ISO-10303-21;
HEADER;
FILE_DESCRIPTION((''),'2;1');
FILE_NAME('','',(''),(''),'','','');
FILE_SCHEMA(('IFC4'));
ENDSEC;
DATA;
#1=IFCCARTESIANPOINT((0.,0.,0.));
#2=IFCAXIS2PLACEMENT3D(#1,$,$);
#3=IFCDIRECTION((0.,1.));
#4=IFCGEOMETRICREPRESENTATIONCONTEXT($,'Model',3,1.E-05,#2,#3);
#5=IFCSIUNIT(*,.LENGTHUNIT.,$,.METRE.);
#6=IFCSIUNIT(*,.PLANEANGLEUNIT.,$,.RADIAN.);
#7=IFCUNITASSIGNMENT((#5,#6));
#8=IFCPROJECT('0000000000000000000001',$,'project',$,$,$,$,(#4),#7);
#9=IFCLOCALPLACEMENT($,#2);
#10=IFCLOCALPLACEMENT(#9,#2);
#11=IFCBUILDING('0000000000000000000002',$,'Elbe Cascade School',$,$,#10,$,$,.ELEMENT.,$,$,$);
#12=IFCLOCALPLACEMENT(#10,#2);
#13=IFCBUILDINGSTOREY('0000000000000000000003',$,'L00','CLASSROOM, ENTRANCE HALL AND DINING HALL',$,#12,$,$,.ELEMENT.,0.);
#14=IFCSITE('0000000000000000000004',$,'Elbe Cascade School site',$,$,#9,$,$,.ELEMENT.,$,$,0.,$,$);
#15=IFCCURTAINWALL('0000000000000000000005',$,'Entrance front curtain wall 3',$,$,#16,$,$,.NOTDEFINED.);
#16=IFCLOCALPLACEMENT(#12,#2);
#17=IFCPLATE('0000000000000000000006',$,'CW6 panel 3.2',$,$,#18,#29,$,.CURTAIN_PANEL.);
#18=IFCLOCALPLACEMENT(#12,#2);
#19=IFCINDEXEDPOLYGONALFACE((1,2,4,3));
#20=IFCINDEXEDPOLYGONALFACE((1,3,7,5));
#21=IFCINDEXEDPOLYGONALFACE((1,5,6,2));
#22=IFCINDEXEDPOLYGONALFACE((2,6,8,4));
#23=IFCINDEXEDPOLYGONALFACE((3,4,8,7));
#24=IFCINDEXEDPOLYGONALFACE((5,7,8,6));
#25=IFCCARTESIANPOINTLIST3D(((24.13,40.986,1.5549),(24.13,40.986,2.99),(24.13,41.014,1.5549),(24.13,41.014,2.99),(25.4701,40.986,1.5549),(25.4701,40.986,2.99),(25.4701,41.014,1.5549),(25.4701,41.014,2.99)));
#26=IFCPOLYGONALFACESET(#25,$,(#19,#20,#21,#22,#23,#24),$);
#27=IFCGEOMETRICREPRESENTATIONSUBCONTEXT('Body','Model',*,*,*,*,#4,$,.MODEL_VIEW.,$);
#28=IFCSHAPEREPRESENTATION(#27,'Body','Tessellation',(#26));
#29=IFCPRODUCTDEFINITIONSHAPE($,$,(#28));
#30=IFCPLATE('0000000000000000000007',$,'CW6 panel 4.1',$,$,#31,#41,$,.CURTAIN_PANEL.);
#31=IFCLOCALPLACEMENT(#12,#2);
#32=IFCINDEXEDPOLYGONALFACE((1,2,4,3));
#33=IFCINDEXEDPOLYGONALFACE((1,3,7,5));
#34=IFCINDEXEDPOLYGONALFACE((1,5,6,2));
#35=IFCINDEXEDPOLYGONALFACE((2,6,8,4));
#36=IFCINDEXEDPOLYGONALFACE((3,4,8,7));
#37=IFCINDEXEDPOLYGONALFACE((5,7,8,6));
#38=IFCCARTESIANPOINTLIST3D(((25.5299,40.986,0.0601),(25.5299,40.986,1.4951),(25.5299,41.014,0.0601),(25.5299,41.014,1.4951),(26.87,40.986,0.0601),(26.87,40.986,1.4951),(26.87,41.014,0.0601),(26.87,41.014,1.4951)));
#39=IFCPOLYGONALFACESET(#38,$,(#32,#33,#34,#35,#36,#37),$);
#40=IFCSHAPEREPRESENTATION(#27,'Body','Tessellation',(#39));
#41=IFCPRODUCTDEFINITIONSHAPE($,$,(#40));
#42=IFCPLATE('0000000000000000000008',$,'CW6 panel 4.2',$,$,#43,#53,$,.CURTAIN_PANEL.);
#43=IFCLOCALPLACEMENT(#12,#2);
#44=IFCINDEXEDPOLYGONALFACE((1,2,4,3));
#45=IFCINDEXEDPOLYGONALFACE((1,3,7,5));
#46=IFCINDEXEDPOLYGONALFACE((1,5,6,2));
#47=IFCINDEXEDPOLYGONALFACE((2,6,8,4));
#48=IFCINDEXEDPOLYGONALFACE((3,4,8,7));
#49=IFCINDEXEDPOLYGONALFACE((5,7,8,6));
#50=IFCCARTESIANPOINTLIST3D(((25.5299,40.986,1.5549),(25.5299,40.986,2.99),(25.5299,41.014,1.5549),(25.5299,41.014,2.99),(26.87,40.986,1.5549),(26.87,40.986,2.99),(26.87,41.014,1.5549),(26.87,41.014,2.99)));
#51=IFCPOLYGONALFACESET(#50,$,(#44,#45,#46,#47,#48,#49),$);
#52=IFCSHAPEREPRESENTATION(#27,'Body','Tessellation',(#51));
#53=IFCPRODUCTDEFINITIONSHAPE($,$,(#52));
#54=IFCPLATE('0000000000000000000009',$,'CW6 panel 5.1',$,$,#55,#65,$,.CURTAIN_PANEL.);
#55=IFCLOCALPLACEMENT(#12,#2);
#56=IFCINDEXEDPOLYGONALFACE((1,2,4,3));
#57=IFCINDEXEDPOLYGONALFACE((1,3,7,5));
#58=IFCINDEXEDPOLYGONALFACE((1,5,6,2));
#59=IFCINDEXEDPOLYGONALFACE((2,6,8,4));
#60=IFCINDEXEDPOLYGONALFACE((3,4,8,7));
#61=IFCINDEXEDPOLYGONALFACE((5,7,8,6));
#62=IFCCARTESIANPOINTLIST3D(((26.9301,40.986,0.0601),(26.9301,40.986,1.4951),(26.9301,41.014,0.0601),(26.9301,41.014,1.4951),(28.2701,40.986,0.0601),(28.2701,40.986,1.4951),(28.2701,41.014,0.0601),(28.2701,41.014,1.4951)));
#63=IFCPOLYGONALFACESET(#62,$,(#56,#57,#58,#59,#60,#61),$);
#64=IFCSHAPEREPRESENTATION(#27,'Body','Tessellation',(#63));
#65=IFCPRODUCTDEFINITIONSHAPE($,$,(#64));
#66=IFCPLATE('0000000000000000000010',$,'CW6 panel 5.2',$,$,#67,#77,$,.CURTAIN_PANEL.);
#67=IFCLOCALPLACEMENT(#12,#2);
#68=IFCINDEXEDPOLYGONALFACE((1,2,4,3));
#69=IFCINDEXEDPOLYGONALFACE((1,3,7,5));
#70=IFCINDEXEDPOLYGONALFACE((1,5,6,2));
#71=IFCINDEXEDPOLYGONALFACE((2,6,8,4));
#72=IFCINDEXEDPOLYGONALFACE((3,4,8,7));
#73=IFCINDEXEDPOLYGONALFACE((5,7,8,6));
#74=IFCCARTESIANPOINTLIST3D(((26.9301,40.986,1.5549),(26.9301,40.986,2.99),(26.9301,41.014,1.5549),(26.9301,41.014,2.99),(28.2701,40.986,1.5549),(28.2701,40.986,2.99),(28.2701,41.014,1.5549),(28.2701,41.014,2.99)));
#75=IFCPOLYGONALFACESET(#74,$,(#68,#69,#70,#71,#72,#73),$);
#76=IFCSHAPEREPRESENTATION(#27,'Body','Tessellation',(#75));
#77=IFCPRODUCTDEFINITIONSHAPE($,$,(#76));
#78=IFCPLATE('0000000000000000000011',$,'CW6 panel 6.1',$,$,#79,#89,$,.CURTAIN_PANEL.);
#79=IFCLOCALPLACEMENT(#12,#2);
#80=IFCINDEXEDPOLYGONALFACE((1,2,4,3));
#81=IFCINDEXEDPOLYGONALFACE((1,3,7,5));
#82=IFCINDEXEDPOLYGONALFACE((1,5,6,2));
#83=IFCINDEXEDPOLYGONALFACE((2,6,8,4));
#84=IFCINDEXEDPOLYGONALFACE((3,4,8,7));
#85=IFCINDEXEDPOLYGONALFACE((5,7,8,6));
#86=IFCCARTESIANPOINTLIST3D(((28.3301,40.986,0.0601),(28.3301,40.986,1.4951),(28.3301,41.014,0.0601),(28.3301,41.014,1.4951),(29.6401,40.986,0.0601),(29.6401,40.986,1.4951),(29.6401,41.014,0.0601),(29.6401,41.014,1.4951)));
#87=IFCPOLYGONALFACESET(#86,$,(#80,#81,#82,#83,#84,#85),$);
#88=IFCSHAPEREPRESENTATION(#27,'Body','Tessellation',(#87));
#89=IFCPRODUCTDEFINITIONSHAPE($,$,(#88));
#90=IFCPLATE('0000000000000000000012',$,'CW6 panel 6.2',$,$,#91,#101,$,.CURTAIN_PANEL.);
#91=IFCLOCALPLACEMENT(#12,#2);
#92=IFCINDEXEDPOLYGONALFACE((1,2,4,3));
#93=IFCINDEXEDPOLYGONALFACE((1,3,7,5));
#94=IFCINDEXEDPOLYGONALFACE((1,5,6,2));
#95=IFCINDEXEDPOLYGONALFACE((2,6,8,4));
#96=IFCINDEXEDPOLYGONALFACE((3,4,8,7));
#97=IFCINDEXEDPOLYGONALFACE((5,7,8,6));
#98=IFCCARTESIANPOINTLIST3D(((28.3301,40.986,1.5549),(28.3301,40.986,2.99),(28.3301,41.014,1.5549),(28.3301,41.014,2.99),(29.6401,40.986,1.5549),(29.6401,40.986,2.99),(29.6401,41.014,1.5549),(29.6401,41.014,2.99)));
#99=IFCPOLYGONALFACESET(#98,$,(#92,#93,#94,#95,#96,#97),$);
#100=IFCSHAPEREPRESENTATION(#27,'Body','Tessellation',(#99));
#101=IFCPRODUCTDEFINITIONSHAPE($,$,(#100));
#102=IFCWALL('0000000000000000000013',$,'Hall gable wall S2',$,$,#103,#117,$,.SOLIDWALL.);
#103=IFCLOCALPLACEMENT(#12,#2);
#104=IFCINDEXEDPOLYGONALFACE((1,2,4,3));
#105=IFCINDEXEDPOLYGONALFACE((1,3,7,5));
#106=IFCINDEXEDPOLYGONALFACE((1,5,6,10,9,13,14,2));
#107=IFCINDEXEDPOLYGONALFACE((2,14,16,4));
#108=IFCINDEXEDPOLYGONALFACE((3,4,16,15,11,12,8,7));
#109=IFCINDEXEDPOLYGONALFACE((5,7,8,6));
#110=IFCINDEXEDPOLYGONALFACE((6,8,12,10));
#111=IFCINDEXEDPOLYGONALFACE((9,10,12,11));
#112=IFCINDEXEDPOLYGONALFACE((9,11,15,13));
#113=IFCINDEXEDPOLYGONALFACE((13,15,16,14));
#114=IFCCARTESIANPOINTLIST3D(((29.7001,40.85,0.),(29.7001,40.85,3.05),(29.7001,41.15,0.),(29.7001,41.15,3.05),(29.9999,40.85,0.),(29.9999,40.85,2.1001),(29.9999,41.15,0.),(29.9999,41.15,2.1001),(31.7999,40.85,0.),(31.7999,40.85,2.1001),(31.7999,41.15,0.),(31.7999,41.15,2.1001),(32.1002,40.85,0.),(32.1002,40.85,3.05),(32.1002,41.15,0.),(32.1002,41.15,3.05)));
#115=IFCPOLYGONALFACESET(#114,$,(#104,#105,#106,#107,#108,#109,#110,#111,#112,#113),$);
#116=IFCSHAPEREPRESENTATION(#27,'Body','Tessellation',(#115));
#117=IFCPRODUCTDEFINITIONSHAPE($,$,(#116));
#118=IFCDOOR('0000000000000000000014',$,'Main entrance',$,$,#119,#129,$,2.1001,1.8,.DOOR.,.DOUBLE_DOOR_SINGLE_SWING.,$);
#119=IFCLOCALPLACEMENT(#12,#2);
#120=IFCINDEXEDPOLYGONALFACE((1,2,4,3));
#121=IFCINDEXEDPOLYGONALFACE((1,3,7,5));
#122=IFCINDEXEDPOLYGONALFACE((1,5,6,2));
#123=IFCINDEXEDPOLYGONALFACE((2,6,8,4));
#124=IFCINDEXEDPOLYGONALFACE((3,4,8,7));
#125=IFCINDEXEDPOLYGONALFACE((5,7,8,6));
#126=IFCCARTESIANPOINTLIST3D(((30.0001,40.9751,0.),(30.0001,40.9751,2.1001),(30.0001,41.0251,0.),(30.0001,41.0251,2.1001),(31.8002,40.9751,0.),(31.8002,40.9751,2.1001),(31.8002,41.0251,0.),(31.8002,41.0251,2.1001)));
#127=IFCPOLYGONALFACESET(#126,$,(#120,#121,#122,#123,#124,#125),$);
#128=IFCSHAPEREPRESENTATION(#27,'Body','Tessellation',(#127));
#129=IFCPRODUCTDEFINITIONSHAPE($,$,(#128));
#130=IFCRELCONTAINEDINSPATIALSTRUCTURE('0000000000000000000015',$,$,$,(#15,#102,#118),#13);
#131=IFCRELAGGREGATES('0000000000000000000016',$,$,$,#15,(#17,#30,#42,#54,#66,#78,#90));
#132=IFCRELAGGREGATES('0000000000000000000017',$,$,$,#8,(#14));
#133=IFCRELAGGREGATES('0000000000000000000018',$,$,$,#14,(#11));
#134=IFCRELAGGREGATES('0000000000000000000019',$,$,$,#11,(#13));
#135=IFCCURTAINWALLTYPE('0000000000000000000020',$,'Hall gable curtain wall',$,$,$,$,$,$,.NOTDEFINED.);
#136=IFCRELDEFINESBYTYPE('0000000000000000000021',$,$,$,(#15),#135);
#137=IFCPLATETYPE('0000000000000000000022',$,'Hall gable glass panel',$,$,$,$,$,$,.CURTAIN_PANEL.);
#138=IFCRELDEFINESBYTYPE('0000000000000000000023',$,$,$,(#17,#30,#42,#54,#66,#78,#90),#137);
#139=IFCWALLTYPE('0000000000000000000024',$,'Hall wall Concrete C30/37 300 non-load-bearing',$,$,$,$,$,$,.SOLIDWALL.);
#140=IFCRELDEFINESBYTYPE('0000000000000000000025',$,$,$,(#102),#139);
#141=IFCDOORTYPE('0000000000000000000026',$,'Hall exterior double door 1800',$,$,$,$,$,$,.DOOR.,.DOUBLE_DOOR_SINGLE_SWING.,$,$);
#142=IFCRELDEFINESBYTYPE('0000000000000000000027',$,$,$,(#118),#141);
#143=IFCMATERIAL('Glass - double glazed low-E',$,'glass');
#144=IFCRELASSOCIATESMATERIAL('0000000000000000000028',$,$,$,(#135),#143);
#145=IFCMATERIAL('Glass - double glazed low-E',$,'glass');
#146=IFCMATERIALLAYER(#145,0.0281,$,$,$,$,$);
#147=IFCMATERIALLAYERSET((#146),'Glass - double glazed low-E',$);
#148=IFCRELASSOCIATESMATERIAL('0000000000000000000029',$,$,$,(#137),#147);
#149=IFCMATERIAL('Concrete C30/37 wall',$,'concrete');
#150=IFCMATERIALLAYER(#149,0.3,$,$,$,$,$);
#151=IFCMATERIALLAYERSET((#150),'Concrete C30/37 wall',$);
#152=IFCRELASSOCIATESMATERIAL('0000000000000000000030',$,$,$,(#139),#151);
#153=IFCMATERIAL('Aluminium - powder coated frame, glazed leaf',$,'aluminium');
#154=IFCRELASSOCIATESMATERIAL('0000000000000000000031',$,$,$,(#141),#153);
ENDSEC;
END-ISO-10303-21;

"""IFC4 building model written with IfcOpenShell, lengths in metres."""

from ifc_helpers import new_model, si_unit, direction, frame, frame_2d, origin, origin_2d, place, context, subcontext, project, spatial, rectangle, extrude, material, layer, layer_set, type_object, element, fill, aggregate, save


model = new_model("IFC4")

# Units and contexts
model_context = context("Model", 3, precision=1e-05, world=origin(), true_north=direction((0.0, 1.0)))
body_context = subcontext(model_context, "Body", "Model", "MODEL_VIEW")
ifc_project = project(units=[si_unit("LENGTHUNIT", "METRE"), si_unit("PLANEANGLEUNIT", "RADIAN")], contexts=[model_context])

# Site, building, storey
site_placement = place(None, origin())
site = spatial("IfcSite", under=ifc_project, at=site_placement, Name="Elbe Cascade School site", CompositionType="ELEMENT", RefElevation=0.0)
building_placement = place(site_placement, origin())
building = spatial("IfcBuilding", under=site, at=building_placement, Name="Elbe Cascade School", CompositionType="ELEMENT")
storey_placement = place(building_placement, origin())
storey = spatial("IfcBuildingStorey", under=building, at=storey_placement, Name="L00", Description="CLASSROOM, ENTRANCE HALL AND DINING HALL", CompositionType="ELEMENT", Elevation=0.0)

# Curtain wall
ifc_material_1 = material(Name="Glass - double glazed low-E", Category="glass")
curtain_wall_type = type_object("IfcCurtainWallType", Name="Hall gable curtain wall", PredefinedType="NOTDEFINED", material=ifc_material_1)
curtain_wall_1_placement = place(storey_placement, origin())
curtain_wall_1 = element("IfcCurtainWall", 1, at=curtain_wall_1_placement, inside=storey, type_object=curtain_wall_type, Name="Entrance front curtain wall 3", PredefinedType="NOTDEFINED")

# Plates
ifc_material_2 = material(Name="Glass - double glazed low-E", Category="glass")
ifc_layer_1 = layer(ifc_material_2, 0.0281)
ifc_layer_set_1 = layer_set([ifc_layer_1], Name="Glass - double glazed low-E")
plate_type = type_object("IfcPlateType", Name="Hall gable glass panel", PredefinedType="CURTAIN_PANEL", material=ifc_layer_set_1)
plate_1_placement = place(storey_placement, frame((24.8, 41.0, 1.5549), z_axis=(0.0, 0.0, 1.0), x_axis=(1.0, 0.0, 0.0)))
plate_1 = element("IfcPlate", 2, at=plate_1_placement, type_object=plate_type, Name="CW6 panel 3.2", PredefinedType="CURTAIN_PANEL", context=body_context, shape_type="SweptSolid", body=[
    extrude(rectangle(XDim=1.3401, YDim=0.0281, at=origin_2d()), origin(), (0.0, 0.0, 1.0), 1.4351),
])
plate_2_placement = place(storey_placement, frame((26.2, 41.0, 0.0601), z_axis=(0.0, 0.0, 1.0), x_axis=(1.0, 0.0, 0.0)))
plate_2 = element("IfcPlate", 3, at=plate_2_placement, type_object=plate_type, Name="CW6 panel 4.1", PredefinedType="CURTAIN_PANEL", context=body_context, shape_type="SweptSolid", body=[
    extrude(rectangle(XDim=1.3401, YDim=0.0281, at=origin_2d()), origin(), (0.0, 0.0, 1.0), 1.4351),
])
plate_3_placement = place(storey_placement, frame((26.2, 41.0, 1.5549), z_axis=(0.0, 0.0, 1.0), x_axis=(1.0, 0.0, 0.0)))
plate_3 = element("IfcPlate", 4, at=plate_3_placement, type_object=plate_type, Name="CW6 panel 4.2", PredefinedType="CURTAIN_PANEL", context=body_context, shape_type="SweptSolid", body=[
    extrude(rectangle(XDim=1.3401, YDim=0.0281, at=origin_2d()), origin(), (0.0, 0.0, 1.0), 1.4351),
])
plate_4_placement = place(storey_placement, frame((27.6001, 41.0, 0.0601), z_axis=(0.0, 0.0, 1.0), x_axis=(1.0, 0.0, 0.0)))
plate_4 = element("IfcPlate", 5, at=plate_4_placement, type_object=plate_type, Name="CW6 panel 5.1", PredefinedType="CURTAIN_PANEL", context=body_context, shape_type="SweptSolid", body=[
    extrude(rectangle(XDim=1.3401, YDim=0.0281, at=origin_2d()), origin(), (0.0, 0.0, 1.0), 1.4351),
])
plate_5_placement = place(storey_placement, frame((27.6001, 41.0, 1.5549), z_axis=(0.0, 0.0, 1.0), x_axis=(1.0, 0.0, 0.0)))
plate_5 = element("IfcPlate", 6, at=plate_5_placement, type_object=plate_type, Name="CW6 panel 5.2", PredefinedType="CURTAIN_PANEL", context=body_context, shape_type="SweptSolid", body=[
    extrude(rectangle(XDim=1.3401, YDim=0.0281, at=origin_2d()), origin(), (0.0, 0.0, 1.0), 1.4351),
])
plate_6_placement = place(storey_placement, frame((28.9851, 41.0, 0.0601), z_axis=(0.0, 0.0, 1.0), x_axis=(1.0, 0.0, 0.0)))
plate_6 = element("IfcPlate", 7, at=plate_6_placement, type_object=plate_type, Name="CW6 panel 6.1", PredefinedType="CURTAIN_PANEL", context=body_context, shape_type="SweptSolid", body=[
    extrude(rectangle(XDim=1.3101, YDim=0.0281, at=origin_2d()), origin(), (0.0, 0.0, 1.0), 1.4351),
])
plate_7_placement = place(storey_placement, frame((28.9851, 41.0, 1.5549), z_axis=(0.0, 0.0, 1.0), x_axis=(1.0, 0.0, 0.0)))
plate_7 = element("IfcPlate", 8, at=plate_7_placement, type_object=plate_type, Name="CW6 panel 6.2", PredefinedType="CURTAIN_PANEL", context=body_context, shape_type="SweptSolid", body=[
    extrude(rectangle(XDim=1.3101, YDim=0.0281, at=origin_2d()), origin(), (0.0, 0.0, 1.0), 1.4351),
])
aggregate(curtain_wall_1, [plate_1, plate_2, plate_3, plate_4, plate_5, plate_6, plate_7])

# Wall, opening, door
ifc_material_3 = material(Name="Concrete C30/37 wall", Category="concrete")
ifc_layer_2 = layer(ifc_material_3, 0.3)
ifc_layer_set_2 = layer_set([ifc_layer_2], Name="Concrete C30/37 wall")
wall_type = type_object("IfcWallType", Name="Hall wall Concrete C30/37 300 non-load-bearing", PredefinedType="SOLIDWALL", material=ifc_layer_set_2)
wall_placement = place(storey_placement, frame((29.7, 41.0, 0.0), z_axis=(0.0, 0.0, 1.0), x_axis=(1.0, 0.0, 0.0)))
wall = element("IfcWall", 9, at=wall_placement, inside=storey, type_object=wall_type, Name="Hall gable wall S2", PredefinedType="SOLIDWALL", context=body_context, shape_type="SweptSolid", body=[
    extrude(rectangle(XDim=2.4001, YDim=0.3, at=frame_2d((1.2002, 0.0))), origin(), (0.0, 0.0, 1.0), 3.05),
])
opening_placement = place(wall_placement, frame((0.3, 0.0, 0.0)))
opening = element("IfcOpeningElement", 10, at=opening_placement, cuts=wall, PredefinedType="OPENING", context=body_context, shape_type="SweptSolid", body=[
    extrude(rectangle(XDim=1.8, YDim=2.1001, at=frame_2d((0.8999, 1.05))), frame((0.0, 0.1599, 0.0), z_axis=(0.0, -1.0, 0.0), x_axis=(1.0, 0.0, 0.0)), (0.0, 0.0, 1.0), 0.3201),
])
ifc_material_4 = material(Name="Aluminium - powder coated frame, glazed leaf", Category="aluminium")
door_type = type_object("IfcDoorType", Name="Hall exterior double door 1800", OperationType="DOUBLE_DOOR_SINGLE_SWING", PredefinedType="DOOR", material=ifc_material_4)
door_placement = place(opening_placement, frame((1.8, 0.0, 0.0), z_axis=(0.0, 0.0, 1.0), x_axis=(-1.0, 0.0, 0.0)))
door = element("IfcDoor", 11, at=door_placement, inside=storey, type_object=door_type, Name="Main entrance", OperationType="DOUBLE_DOOR_SINGLE_SWING", OverallHeight=2.1001, OverallWidth=1.8, PredefinedType="DOOR", context=body_context, shape_type="SweptSolid", body=[
    extrude(rectangle(XDim=1.8, YDim=2.1001, at=frame_2d((0.8999, 1.05))), frame((0.0, 0.0249, 0.0), z_axis=(0.0, -1.0, 0.0), x_axis=(1.0, 0.0, 0.0)), (0.0, 0.0, 1.0), 0.05),
])
fill(opening, door)

save(model, "model.ifc")
